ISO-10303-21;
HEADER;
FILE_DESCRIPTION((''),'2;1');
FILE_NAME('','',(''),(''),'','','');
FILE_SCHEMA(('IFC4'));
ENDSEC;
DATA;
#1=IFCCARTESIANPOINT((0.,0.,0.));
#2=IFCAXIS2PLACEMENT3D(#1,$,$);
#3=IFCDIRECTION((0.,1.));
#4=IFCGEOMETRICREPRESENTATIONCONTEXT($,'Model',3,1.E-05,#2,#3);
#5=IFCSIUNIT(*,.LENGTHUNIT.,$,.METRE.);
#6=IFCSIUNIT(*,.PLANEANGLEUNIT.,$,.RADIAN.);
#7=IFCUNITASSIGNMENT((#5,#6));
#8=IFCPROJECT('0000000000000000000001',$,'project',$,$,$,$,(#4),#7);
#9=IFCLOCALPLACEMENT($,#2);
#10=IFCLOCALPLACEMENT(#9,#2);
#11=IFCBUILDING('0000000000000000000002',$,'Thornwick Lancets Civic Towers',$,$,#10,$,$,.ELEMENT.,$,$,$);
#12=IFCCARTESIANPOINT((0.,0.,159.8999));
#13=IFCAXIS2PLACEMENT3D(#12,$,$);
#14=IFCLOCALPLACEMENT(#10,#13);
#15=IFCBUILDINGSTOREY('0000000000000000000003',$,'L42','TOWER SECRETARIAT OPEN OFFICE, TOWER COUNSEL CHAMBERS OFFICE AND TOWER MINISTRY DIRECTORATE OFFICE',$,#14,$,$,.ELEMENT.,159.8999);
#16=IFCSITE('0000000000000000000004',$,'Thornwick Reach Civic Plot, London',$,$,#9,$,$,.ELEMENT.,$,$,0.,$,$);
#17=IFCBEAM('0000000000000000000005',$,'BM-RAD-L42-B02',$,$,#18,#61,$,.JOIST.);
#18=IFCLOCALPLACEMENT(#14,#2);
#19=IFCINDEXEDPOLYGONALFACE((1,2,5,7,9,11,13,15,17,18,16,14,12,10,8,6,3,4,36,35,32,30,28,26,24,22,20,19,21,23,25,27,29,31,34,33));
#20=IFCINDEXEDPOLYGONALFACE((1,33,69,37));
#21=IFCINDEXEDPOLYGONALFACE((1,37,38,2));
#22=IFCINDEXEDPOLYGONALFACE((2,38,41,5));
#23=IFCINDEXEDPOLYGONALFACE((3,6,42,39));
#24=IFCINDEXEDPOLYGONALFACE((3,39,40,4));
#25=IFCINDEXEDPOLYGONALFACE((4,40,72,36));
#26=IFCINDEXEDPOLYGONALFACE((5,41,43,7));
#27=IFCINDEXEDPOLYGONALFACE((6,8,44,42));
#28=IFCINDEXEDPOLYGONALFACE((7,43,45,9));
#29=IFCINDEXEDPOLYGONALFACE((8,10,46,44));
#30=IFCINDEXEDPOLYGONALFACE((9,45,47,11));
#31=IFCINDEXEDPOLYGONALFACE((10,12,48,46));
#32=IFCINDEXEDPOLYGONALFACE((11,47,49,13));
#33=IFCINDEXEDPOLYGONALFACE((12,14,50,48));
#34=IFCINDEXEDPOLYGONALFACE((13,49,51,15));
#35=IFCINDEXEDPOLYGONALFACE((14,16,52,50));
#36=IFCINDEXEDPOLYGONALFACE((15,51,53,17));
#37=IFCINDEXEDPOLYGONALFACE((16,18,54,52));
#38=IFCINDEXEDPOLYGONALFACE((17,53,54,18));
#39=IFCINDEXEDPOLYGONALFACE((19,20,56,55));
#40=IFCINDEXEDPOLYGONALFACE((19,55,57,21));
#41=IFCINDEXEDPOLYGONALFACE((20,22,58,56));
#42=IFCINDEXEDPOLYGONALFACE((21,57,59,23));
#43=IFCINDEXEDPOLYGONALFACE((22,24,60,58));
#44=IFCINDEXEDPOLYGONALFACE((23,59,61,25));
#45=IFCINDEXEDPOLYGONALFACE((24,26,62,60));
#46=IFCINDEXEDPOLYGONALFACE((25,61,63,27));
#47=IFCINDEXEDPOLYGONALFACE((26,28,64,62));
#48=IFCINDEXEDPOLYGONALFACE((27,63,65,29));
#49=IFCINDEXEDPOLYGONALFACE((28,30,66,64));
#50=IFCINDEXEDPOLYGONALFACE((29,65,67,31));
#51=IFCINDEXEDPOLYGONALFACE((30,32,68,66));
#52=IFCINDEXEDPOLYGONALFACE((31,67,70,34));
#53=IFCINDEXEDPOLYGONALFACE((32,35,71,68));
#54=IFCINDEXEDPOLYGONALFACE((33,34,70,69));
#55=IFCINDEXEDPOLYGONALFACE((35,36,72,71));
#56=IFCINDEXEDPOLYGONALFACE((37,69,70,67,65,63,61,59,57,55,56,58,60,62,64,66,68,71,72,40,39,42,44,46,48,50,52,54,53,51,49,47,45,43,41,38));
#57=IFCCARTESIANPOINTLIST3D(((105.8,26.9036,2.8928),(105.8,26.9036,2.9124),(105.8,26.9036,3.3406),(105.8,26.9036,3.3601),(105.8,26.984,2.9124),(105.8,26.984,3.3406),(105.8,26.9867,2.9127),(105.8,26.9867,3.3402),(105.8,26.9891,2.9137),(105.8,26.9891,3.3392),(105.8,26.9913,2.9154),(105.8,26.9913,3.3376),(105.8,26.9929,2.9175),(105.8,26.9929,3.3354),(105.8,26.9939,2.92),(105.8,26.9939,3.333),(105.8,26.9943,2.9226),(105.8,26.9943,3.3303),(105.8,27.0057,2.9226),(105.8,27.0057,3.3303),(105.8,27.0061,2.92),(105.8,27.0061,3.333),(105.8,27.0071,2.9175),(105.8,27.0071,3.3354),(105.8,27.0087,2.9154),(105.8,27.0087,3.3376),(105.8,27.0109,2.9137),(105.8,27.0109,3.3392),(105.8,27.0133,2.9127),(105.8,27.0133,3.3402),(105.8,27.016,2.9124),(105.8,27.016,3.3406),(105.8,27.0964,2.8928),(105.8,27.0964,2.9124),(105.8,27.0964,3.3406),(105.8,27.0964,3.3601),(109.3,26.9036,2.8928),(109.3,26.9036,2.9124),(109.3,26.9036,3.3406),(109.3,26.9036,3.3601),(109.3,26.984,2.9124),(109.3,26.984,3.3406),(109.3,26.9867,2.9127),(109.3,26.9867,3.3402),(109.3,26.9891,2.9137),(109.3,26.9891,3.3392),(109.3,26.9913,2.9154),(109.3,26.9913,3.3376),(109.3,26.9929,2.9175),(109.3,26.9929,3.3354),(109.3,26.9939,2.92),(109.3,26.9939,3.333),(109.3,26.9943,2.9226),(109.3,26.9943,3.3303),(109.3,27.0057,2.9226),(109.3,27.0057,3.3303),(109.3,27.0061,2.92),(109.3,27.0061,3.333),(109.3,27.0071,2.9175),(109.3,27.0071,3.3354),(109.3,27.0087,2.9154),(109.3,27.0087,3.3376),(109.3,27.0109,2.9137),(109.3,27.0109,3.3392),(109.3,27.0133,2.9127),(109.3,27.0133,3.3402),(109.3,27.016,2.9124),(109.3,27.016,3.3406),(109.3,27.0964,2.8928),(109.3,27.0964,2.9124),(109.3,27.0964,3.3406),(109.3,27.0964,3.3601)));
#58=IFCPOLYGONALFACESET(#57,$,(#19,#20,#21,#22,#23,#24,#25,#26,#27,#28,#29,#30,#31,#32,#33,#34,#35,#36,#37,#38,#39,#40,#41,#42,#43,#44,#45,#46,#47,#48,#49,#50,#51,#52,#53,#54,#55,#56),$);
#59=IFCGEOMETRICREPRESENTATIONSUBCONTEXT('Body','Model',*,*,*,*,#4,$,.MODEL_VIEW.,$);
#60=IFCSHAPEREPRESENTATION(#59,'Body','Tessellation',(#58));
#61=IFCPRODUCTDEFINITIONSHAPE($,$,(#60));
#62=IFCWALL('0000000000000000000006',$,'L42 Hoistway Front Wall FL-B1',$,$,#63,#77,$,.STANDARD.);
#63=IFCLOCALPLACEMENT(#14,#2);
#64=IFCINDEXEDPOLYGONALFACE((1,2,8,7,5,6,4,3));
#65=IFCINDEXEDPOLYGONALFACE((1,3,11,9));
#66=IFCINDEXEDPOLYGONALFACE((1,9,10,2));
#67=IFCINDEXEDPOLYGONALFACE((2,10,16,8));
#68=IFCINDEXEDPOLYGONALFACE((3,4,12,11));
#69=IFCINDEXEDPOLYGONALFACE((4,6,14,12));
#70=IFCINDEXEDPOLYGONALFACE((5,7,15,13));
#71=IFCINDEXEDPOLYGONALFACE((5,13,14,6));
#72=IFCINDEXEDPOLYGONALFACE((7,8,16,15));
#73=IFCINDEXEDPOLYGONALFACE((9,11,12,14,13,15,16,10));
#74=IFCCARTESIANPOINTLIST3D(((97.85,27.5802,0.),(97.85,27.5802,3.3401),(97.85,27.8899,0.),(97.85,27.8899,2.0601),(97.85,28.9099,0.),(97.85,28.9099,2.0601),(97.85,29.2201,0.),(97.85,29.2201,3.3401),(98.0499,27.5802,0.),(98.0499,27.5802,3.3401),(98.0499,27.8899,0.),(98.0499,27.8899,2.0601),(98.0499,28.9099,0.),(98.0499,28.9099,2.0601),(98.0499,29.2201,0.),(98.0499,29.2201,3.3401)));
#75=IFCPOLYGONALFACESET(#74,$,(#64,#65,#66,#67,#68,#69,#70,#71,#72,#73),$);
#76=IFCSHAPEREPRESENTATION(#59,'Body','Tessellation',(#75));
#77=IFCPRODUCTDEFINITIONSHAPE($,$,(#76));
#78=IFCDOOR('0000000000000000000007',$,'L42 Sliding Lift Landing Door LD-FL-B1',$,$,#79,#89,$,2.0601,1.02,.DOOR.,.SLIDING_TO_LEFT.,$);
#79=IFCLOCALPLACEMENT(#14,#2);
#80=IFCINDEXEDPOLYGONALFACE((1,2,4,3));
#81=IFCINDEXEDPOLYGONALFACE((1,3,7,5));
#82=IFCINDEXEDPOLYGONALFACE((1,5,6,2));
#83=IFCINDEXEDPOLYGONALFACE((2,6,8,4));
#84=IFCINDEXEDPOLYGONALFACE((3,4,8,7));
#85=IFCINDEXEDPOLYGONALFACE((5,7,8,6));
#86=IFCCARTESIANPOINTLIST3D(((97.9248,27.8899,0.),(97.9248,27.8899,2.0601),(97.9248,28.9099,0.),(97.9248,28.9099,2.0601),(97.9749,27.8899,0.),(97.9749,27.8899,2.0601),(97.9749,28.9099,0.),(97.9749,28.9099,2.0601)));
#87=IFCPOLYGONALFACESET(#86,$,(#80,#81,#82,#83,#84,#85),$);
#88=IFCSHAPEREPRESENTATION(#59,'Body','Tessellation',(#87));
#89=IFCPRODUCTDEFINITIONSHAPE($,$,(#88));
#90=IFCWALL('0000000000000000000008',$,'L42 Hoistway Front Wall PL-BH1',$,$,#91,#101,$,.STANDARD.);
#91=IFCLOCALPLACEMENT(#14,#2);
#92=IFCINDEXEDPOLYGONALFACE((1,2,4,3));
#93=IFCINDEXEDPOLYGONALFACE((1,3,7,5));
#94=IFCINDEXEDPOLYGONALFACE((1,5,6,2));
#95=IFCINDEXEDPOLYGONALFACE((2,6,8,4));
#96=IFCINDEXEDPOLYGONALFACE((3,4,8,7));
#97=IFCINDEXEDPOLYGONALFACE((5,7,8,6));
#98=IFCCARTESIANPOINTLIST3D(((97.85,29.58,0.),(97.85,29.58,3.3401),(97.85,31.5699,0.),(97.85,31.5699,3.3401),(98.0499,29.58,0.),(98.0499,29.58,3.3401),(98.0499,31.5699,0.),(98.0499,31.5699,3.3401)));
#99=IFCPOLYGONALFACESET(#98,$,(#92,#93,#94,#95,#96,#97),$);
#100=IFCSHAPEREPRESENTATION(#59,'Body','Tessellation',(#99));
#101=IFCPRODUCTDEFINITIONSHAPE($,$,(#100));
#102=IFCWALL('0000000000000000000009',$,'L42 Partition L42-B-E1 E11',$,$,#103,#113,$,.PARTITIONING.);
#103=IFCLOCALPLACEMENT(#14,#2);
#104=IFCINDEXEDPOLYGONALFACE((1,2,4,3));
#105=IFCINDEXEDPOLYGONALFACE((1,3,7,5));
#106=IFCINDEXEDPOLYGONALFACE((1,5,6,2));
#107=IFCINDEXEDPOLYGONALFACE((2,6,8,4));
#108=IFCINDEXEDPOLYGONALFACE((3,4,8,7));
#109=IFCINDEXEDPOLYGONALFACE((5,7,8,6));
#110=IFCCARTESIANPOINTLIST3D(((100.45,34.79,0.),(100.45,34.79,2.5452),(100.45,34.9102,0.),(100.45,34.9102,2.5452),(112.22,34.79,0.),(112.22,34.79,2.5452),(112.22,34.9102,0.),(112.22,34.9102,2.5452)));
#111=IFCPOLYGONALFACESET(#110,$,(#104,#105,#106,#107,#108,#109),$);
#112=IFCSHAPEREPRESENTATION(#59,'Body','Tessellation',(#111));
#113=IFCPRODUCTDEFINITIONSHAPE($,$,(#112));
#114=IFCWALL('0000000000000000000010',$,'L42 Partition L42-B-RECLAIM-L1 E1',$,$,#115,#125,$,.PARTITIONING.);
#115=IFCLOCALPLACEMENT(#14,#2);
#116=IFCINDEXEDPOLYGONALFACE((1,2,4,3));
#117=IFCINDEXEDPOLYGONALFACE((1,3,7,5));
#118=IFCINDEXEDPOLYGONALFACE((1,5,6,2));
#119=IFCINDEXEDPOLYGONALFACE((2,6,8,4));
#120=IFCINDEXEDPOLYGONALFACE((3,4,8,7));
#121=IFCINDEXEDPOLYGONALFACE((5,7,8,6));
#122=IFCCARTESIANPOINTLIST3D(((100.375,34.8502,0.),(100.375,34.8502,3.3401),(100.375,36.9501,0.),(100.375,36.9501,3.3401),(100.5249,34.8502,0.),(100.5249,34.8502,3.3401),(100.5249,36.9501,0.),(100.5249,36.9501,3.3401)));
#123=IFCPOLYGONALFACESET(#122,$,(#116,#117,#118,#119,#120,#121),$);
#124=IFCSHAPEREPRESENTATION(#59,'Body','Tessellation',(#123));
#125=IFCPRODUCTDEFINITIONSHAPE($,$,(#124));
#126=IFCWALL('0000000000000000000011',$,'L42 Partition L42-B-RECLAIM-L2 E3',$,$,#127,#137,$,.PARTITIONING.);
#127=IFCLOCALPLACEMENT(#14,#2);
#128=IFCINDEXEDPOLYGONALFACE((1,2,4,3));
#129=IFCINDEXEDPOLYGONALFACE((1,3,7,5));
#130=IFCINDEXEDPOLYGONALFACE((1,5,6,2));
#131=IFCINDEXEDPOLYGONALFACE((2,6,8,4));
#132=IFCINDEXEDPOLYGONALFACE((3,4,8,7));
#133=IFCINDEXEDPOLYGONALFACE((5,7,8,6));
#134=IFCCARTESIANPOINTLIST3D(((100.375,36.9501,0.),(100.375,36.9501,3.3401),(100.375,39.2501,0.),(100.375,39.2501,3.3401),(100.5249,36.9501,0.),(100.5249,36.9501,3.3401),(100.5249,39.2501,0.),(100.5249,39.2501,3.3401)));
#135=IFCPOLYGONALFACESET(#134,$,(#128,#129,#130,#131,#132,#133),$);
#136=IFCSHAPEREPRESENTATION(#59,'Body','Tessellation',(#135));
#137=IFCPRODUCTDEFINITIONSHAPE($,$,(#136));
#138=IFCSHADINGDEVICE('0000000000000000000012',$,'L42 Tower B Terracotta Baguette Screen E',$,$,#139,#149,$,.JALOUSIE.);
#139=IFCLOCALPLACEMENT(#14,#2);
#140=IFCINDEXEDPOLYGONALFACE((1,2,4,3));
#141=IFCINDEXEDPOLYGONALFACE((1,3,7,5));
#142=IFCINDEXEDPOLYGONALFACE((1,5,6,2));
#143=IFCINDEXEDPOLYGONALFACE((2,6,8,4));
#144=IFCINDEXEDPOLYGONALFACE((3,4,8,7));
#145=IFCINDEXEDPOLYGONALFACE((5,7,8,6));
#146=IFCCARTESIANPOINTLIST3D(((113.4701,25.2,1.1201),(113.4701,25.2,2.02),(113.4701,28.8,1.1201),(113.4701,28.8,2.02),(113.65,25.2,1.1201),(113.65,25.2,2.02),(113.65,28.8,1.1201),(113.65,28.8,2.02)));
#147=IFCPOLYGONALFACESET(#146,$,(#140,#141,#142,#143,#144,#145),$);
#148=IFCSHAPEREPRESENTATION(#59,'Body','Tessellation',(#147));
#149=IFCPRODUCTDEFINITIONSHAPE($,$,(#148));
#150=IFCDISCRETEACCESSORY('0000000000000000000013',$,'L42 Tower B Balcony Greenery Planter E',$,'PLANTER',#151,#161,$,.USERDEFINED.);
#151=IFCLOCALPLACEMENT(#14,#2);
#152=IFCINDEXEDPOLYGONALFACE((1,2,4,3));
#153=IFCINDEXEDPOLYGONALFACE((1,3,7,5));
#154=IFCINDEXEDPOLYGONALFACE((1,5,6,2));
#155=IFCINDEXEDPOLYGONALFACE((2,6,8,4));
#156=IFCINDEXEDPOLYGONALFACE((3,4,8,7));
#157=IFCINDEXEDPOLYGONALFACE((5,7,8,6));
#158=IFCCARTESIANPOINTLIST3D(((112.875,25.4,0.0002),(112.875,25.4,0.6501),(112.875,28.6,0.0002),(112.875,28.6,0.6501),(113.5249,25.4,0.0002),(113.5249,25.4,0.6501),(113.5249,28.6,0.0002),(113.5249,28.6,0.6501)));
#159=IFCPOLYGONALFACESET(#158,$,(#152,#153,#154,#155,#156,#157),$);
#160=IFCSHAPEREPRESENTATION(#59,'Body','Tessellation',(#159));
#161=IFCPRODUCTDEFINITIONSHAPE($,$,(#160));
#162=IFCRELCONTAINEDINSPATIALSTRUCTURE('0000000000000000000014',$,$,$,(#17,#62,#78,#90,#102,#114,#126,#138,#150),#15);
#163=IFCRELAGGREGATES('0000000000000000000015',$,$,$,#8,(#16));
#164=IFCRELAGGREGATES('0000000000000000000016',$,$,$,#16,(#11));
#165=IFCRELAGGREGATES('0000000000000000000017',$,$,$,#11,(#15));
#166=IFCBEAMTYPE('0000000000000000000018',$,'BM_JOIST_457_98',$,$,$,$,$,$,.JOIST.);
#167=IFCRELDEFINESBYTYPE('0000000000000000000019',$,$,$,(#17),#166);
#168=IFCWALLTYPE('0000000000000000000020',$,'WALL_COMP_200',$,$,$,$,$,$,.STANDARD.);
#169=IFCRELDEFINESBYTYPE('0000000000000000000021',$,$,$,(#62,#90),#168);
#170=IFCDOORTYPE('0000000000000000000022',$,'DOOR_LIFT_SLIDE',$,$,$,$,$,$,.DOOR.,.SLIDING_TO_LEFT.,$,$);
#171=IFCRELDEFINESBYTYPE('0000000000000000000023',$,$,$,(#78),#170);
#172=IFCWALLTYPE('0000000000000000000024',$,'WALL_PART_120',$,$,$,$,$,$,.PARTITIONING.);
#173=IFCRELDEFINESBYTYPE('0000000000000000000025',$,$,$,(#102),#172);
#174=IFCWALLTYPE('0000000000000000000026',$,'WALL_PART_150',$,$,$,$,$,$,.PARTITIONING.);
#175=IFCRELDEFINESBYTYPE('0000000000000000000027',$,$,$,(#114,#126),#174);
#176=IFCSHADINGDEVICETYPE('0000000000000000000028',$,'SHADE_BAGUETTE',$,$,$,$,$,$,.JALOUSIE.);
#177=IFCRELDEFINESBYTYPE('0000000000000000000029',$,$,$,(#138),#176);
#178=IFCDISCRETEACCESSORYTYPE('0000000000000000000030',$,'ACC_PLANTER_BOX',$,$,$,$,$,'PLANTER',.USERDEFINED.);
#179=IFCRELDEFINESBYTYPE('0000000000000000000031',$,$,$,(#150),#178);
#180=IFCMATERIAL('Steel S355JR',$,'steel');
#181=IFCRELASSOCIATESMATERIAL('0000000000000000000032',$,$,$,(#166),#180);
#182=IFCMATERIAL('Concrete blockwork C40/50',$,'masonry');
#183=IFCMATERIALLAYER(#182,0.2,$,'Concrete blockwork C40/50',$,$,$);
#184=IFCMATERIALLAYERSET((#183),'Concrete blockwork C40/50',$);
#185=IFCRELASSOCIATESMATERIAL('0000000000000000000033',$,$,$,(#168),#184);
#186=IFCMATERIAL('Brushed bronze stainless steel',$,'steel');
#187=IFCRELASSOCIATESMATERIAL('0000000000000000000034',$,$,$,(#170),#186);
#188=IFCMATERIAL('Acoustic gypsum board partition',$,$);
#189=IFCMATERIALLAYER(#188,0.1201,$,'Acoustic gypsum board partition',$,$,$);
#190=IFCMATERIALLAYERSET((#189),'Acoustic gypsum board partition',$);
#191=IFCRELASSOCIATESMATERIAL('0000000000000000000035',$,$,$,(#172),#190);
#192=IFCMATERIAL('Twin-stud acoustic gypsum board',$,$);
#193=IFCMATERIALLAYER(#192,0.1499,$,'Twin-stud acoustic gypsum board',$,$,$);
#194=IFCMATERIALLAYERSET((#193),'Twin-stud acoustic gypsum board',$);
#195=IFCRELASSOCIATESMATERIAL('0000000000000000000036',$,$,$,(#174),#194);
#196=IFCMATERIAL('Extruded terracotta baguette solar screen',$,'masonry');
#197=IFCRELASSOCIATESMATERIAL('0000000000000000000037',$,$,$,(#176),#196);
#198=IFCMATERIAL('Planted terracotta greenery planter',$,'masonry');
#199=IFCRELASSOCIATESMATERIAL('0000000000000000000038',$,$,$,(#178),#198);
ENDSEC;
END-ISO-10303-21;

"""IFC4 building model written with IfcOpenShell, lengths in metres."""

from ifc_helpers import new_model, si_unit, direction, frame, frame_2d, origin, origin_2d, place, context, subcontext, project, spatial, rectangle, i_section, extrude, material, layer, layer_set, material_profile, profile_set, type_object, element, fill, save


model = new_model("IFC4")

# Units and contexts
model_context = context("Model", 3, precision=1e-05, world=origin(), true_north=direction((0.0, 1.0)))
body_context = subcontext(model_context, "Body", "Model", "MODEL_VIEW")
ifc_project = project(units=[si_unit("LENGTHUNIT", "METRE"), si_unit("PLANEANGLEUNIT", "RADIAN")], contexts=[model_context])

# Site, building, storey
site_placement = place(None, origin())
site = spatial("IfcSite", under=ifc_project, at=site_placement, Name="Thornwick Reach Civic Plot, London", CompositionType="ELEMENT", RefElevation=0.0)
building_placement = place(site_placement, origin())
building = spatial("IfcBuilding", under=site, at=building_placement, Name="Thornwick Lancets Civic Towers", CompositionType="ELEMENT")
storey_placement = place(building_placement, frame((0.0, 0.0, 159.8999)))
storey = spatial("IfcBuildingStorey", under=building, at=storey_placement, Name="L42", Description="TOWER SECRETARIAT OPEN OFFICE, TOWER COUNSEL CHAMBERS OFFICE AND TOWER MINISTRY DIRECTORATE OFFICE", CompositionType="ELEMENT", Elevation=159.8999)

# Beam
ifc_material_1 = material(Name="Steel S355JR", Category="steel")
ifc_material_profile_1 = material_profile(ifc_material_1, i_section(OverallWidth=0.1929, OverallDepth=0.4673, WebThickness=0.0115, FlangeThickness=0.0195, FilletRadius=0.0103, at=origin_2d()), Name="UKB 457x191x98")
ifc_profile_set_1 = profile_set([ifc_material_profile_1], Name="Steel S355JR")
beam_type_1 = type_object("IfcBeamType", Name="BM_JOIST_457_98", PredefinedType="JOIST", material=ifc_profile_set_1)
beam_1_placement = place(storey_placement, frame((105.8, 27.0, 3.1265), z_axis=(1.0, 0.0, 0.0), x_axis=(0.0, 1.0, 0.0)))
element("IfcBeam", 1, at=beam_1_placement, inside=storey, type_object=beam_type_1, Name="BM-RAD-L42-B02", PredefinedType="JOIST", context=body_context, shape_type="SweptSolid", body=[
    extrude(i_section(OverallWidth=0.1929, OverallDepth=0.4673, WebThickness=0.0115, FlangeThickness=0.0195, FilletRadius=0.0103, at=origin_2d()), origin(), (0.0, 0.0, 1.0), 3.5),
])

# Wall, opening, door
ifc_material_2 = material(Name="Concrete blockwork C40/50", Category="masonry")
ifc_layer_1 = layer(ifc_material_2, 0.2, Name="Concrete blockwork C40/50")
ifc_layer_set_1 = layer_set([ifc_layer_1], Name="Concrete blockwork C40/50")
wall_type_1 = type_object("IfcWallType", Name="WALL_COMP_200", PredefinedType="STANDARD", material=ifc_layer_set_1)
wall_1_placement = place(storey_placement, frame((97.95, 29.22, 0.0), z_axis=(0.0, 0.0, 1.0), x_axis=(0.0, -1.0, 0.0)))
wall_1 = element("IfcWall", 2, at=wall_1_placement, inside=storey, type_object=wall_type_1, Name="L42 Hoistway Front Wall FL-B1", PredefinedType="STANDARD", context=body_context, shape_type="SweptSolid", body=[
    extrude(rectangle(XDim=1.6399, YDim=0.2, at=frame_2d((0.8198, 0.0))), origin(), (0.0, 0.0, 1.0), 3.3401),
])
opening_placement = place(wall_1_placement, frame((0.3101, 0.0, 0.0)))
opening = element("IfcOpeningElement", 3, at=opening_placement, cuts=wall_1, PredefinedType="OPENING", context=body_context, shape_type="SweptSolid", body=[
    extrude(rectangle(XDim=1.02, YDim=2.0601, at=frame_2d((0.51, 1.03))), frame((0.0, 0.1099, 0.0), z_axis=(0.0, -1.0, 0.0), x_axis=(1.0, 0.0, 0.0)), (0.0, 0.0, 1.0), 0.22),
])
ifc_material_3 = material(Name="Brushed bronze stainless steel", Category="steel")
door_type = type_object("IfcDoorType", Name="DOOR_LIFT_SLIDE", OperationType="SLIDING_TO_LEFT", PredefinedType="DOOR", material=ifc_material_3)
door_placement = place(opening_placement, origin())
door = element("IfcDoor", 4, at=door_placement, inside=storey, type_object=door_type, Name="L42 Sliding Lift Landing Door LD-FL-B1", OperationType="SLIDING_TO_LEFT", OverallHeight=2.0601, OverallWidth=1.02, PredefinedType="DOOR", context=body_context, shape_type="SweptSolid", body=[
    extrude(rectangle(XDim=1.02, YDim=2.0601, at=frame_2d((0.51, 1.03))), frame((0.0, 0.0249, 0.0), z_axis=(0.0, -1.0, 0.0), x_axis=(1.0, 0.0, 0.0)), (0.0, 0.0, 1.0), 0.05),
])
fill(opening, door)

# Walls
wall_2_placement = place(storey_placement, frame((97.95, 31.5701, 0.0), z_axis=(0.0, 0.0, 1.0), x_axis=(0.0, -1.0, 0.0)))
element("IfcWall", 5, at=wall_2_placement, inside=storey, type_object=wall_type_1, Name="L42 Hoistway Front Wall PL-BH1", PredefinedType="STANDARD", context=body_context, shape_type="SweptSolid", body=[
    extrude(rectangle(XDim=1.99, YDim=0.2, at=frame_2d((0.9951, 0.0))), origin(), (0.0, 0.0, 1.0), 3.3401),
])
ifc_material_4 = material(Name="Acoustic gypsum board partition")
ifc_layer_2 = layer(ifc_material_4, 0.1201, Name="Acoustic gypsum board partition")
ifc_layer_set_2 = layer_set([ifc_layer_2], Name="Acoustic gypsum board partition")
wall_type_2 = type_object("IfcWallType", Name="WALL_PART_120", PredefinedType="PARTITIONING", material=ifc_layer_set_2)
wall_3_placement = place(storey_placement, frame((112.22, 34.8501, 0.0), z_axis=(0.0, 0.0, 1.0), x_axis=(-1.0, 0.0, 0.0)))
element("IfcWall", 6, at=wall_3_placement, inside=storey, type_object=wall_type_2, Name="L42 Partition L42-B-E1 E11", PredefinedType="PARTITIONING", context=body_context, shape_type="SweptSolid", body=[
    extrude(rectangle(XDim=11.77, YDim=0.1201, at=frame_2d((5.885, 0.0))), origin(), (0.0, 0.0, 1.0), 2.5452),
])
ifc_material_5 = material(Name="Twin-stud acoustic gypsum board")
ifc_layer_3 = layer(ifc_material_5, 0.1499, Name="Twin-stud acoustic gypsum board")
ifc_layer_set_3 = layer_set([ifc_layer_3], Name="Twin-stud acoustic gypsum board")
wall_type_3 = type_object("IfcWallType", Name="WALL_PART_150", PredefinedType="PARTITIONING", material=ifc_layer_set_3)
wall_4_placement = place(storey_placement, frame((100.45, 36.95, 0.0), z_axis=(0.0, 0.0, 1.0), x_axis=(0.0, -1.0, 0.0)))
element("IfcWall", 7, at=wall_4_placement, inside=storey, type_object=wall_type_3, Name="L42 Partition L42-B-RECLAIM-L1 E1", PredefinedType="PARTITIONING", context=body_context, shape_type="SweptSolid", body=[
    extrude(rectangle(XDim=2.0999, YDim=0.1499, at=frame_2d((1.0498, 0.0))), origin(), (0.0, 0.0, 1.0), 3.3401),
])
wall_5_placement = place(storey_placement, frame((100.45, 39.25, 0.0), z_axis=(0.0, 0.0, 1.0), x_axis=(0.0, -1.0, 0.0)))
element("IfcWall", 8, at=wall_5_placement, inside=storey, type_object=wall_type_3, Name="L42 Partition L42-B-RECLAIM-L2 E3", PredefinedType="PARTITIONING", context=body_context, shape_type="SweptSolid", body=[
    extrude(rectangle(XDim=2.3, YDim=0.1499, at=frame_2d((1.1499, 0.0))), origin(), (0.0, 0.0, 1.0), 3.3401),
])

# Shading device
ifc_material_6 = material(Name="Extruded terracotta baguette solar screen", Category="masonry")
shading_device_type = type_object("IfcShadingDeviceType", Name="SHADE_BAGUETTE", PredefinedType="JALOUSIE", material=ifc_material_6)
shading_device_placement = place(storey_placement, frame((113.5601, 27.0, 1.1201), z_axis=(0.0, 0.0, 1.0), x_axis=(0.0, 1.0, 0.0)))
element("IfcShadingDevice", 9, at=shading_device_placement, inside=storey, type_object=shading_device_type, Name="L42 Tower B Terracotta Baguette Screen E", PredefinedType="JALOUSIE", context=body_context, shape_type="SweptSolid", body=[
    extrude(rectangle(XDim=3.6001, YDim=0.1799, at=origin_2d()), origin(), (0.0, 0.0, 1.0), 0.8999),
])

# Discrete accessory
ifc_material_7 = material(Name="Planted terracotta greenery planter", Category="masonry")
discrete_accessory_type = type_object("IfcDiscreteAccessoryType", Name="ACC_PLANTER_BOX", ElementType="PLANTER", PredefinedType="USERDEFINED", material=ifc_material_7)
discrete_accessory_placement = place(storey_placement, frame((113.2, 27.0, 0.0002), z_axis=(0.0, 0.0, 1.0), x_axis=(1.0, 0.0, 0.0)))
element("IfcDiscreteAccessory", 10, at=discrete_accessory_placement, inside=storey, type_object=discrete_accessory_type, Name="L42 Tower B Balcony Greenery Planter E", ObjectType="PLANTER", PredefinedType="USERDEFINED", context=body_context, shape_type="SweptSolid", body=[
    extrude(rectangle(XDim=0.6499, YDim=3.2, at=origin_2d()), origin(), (0.0, 0.0, 1.0), 0.6499),
])

save(model, "model.ifc")
